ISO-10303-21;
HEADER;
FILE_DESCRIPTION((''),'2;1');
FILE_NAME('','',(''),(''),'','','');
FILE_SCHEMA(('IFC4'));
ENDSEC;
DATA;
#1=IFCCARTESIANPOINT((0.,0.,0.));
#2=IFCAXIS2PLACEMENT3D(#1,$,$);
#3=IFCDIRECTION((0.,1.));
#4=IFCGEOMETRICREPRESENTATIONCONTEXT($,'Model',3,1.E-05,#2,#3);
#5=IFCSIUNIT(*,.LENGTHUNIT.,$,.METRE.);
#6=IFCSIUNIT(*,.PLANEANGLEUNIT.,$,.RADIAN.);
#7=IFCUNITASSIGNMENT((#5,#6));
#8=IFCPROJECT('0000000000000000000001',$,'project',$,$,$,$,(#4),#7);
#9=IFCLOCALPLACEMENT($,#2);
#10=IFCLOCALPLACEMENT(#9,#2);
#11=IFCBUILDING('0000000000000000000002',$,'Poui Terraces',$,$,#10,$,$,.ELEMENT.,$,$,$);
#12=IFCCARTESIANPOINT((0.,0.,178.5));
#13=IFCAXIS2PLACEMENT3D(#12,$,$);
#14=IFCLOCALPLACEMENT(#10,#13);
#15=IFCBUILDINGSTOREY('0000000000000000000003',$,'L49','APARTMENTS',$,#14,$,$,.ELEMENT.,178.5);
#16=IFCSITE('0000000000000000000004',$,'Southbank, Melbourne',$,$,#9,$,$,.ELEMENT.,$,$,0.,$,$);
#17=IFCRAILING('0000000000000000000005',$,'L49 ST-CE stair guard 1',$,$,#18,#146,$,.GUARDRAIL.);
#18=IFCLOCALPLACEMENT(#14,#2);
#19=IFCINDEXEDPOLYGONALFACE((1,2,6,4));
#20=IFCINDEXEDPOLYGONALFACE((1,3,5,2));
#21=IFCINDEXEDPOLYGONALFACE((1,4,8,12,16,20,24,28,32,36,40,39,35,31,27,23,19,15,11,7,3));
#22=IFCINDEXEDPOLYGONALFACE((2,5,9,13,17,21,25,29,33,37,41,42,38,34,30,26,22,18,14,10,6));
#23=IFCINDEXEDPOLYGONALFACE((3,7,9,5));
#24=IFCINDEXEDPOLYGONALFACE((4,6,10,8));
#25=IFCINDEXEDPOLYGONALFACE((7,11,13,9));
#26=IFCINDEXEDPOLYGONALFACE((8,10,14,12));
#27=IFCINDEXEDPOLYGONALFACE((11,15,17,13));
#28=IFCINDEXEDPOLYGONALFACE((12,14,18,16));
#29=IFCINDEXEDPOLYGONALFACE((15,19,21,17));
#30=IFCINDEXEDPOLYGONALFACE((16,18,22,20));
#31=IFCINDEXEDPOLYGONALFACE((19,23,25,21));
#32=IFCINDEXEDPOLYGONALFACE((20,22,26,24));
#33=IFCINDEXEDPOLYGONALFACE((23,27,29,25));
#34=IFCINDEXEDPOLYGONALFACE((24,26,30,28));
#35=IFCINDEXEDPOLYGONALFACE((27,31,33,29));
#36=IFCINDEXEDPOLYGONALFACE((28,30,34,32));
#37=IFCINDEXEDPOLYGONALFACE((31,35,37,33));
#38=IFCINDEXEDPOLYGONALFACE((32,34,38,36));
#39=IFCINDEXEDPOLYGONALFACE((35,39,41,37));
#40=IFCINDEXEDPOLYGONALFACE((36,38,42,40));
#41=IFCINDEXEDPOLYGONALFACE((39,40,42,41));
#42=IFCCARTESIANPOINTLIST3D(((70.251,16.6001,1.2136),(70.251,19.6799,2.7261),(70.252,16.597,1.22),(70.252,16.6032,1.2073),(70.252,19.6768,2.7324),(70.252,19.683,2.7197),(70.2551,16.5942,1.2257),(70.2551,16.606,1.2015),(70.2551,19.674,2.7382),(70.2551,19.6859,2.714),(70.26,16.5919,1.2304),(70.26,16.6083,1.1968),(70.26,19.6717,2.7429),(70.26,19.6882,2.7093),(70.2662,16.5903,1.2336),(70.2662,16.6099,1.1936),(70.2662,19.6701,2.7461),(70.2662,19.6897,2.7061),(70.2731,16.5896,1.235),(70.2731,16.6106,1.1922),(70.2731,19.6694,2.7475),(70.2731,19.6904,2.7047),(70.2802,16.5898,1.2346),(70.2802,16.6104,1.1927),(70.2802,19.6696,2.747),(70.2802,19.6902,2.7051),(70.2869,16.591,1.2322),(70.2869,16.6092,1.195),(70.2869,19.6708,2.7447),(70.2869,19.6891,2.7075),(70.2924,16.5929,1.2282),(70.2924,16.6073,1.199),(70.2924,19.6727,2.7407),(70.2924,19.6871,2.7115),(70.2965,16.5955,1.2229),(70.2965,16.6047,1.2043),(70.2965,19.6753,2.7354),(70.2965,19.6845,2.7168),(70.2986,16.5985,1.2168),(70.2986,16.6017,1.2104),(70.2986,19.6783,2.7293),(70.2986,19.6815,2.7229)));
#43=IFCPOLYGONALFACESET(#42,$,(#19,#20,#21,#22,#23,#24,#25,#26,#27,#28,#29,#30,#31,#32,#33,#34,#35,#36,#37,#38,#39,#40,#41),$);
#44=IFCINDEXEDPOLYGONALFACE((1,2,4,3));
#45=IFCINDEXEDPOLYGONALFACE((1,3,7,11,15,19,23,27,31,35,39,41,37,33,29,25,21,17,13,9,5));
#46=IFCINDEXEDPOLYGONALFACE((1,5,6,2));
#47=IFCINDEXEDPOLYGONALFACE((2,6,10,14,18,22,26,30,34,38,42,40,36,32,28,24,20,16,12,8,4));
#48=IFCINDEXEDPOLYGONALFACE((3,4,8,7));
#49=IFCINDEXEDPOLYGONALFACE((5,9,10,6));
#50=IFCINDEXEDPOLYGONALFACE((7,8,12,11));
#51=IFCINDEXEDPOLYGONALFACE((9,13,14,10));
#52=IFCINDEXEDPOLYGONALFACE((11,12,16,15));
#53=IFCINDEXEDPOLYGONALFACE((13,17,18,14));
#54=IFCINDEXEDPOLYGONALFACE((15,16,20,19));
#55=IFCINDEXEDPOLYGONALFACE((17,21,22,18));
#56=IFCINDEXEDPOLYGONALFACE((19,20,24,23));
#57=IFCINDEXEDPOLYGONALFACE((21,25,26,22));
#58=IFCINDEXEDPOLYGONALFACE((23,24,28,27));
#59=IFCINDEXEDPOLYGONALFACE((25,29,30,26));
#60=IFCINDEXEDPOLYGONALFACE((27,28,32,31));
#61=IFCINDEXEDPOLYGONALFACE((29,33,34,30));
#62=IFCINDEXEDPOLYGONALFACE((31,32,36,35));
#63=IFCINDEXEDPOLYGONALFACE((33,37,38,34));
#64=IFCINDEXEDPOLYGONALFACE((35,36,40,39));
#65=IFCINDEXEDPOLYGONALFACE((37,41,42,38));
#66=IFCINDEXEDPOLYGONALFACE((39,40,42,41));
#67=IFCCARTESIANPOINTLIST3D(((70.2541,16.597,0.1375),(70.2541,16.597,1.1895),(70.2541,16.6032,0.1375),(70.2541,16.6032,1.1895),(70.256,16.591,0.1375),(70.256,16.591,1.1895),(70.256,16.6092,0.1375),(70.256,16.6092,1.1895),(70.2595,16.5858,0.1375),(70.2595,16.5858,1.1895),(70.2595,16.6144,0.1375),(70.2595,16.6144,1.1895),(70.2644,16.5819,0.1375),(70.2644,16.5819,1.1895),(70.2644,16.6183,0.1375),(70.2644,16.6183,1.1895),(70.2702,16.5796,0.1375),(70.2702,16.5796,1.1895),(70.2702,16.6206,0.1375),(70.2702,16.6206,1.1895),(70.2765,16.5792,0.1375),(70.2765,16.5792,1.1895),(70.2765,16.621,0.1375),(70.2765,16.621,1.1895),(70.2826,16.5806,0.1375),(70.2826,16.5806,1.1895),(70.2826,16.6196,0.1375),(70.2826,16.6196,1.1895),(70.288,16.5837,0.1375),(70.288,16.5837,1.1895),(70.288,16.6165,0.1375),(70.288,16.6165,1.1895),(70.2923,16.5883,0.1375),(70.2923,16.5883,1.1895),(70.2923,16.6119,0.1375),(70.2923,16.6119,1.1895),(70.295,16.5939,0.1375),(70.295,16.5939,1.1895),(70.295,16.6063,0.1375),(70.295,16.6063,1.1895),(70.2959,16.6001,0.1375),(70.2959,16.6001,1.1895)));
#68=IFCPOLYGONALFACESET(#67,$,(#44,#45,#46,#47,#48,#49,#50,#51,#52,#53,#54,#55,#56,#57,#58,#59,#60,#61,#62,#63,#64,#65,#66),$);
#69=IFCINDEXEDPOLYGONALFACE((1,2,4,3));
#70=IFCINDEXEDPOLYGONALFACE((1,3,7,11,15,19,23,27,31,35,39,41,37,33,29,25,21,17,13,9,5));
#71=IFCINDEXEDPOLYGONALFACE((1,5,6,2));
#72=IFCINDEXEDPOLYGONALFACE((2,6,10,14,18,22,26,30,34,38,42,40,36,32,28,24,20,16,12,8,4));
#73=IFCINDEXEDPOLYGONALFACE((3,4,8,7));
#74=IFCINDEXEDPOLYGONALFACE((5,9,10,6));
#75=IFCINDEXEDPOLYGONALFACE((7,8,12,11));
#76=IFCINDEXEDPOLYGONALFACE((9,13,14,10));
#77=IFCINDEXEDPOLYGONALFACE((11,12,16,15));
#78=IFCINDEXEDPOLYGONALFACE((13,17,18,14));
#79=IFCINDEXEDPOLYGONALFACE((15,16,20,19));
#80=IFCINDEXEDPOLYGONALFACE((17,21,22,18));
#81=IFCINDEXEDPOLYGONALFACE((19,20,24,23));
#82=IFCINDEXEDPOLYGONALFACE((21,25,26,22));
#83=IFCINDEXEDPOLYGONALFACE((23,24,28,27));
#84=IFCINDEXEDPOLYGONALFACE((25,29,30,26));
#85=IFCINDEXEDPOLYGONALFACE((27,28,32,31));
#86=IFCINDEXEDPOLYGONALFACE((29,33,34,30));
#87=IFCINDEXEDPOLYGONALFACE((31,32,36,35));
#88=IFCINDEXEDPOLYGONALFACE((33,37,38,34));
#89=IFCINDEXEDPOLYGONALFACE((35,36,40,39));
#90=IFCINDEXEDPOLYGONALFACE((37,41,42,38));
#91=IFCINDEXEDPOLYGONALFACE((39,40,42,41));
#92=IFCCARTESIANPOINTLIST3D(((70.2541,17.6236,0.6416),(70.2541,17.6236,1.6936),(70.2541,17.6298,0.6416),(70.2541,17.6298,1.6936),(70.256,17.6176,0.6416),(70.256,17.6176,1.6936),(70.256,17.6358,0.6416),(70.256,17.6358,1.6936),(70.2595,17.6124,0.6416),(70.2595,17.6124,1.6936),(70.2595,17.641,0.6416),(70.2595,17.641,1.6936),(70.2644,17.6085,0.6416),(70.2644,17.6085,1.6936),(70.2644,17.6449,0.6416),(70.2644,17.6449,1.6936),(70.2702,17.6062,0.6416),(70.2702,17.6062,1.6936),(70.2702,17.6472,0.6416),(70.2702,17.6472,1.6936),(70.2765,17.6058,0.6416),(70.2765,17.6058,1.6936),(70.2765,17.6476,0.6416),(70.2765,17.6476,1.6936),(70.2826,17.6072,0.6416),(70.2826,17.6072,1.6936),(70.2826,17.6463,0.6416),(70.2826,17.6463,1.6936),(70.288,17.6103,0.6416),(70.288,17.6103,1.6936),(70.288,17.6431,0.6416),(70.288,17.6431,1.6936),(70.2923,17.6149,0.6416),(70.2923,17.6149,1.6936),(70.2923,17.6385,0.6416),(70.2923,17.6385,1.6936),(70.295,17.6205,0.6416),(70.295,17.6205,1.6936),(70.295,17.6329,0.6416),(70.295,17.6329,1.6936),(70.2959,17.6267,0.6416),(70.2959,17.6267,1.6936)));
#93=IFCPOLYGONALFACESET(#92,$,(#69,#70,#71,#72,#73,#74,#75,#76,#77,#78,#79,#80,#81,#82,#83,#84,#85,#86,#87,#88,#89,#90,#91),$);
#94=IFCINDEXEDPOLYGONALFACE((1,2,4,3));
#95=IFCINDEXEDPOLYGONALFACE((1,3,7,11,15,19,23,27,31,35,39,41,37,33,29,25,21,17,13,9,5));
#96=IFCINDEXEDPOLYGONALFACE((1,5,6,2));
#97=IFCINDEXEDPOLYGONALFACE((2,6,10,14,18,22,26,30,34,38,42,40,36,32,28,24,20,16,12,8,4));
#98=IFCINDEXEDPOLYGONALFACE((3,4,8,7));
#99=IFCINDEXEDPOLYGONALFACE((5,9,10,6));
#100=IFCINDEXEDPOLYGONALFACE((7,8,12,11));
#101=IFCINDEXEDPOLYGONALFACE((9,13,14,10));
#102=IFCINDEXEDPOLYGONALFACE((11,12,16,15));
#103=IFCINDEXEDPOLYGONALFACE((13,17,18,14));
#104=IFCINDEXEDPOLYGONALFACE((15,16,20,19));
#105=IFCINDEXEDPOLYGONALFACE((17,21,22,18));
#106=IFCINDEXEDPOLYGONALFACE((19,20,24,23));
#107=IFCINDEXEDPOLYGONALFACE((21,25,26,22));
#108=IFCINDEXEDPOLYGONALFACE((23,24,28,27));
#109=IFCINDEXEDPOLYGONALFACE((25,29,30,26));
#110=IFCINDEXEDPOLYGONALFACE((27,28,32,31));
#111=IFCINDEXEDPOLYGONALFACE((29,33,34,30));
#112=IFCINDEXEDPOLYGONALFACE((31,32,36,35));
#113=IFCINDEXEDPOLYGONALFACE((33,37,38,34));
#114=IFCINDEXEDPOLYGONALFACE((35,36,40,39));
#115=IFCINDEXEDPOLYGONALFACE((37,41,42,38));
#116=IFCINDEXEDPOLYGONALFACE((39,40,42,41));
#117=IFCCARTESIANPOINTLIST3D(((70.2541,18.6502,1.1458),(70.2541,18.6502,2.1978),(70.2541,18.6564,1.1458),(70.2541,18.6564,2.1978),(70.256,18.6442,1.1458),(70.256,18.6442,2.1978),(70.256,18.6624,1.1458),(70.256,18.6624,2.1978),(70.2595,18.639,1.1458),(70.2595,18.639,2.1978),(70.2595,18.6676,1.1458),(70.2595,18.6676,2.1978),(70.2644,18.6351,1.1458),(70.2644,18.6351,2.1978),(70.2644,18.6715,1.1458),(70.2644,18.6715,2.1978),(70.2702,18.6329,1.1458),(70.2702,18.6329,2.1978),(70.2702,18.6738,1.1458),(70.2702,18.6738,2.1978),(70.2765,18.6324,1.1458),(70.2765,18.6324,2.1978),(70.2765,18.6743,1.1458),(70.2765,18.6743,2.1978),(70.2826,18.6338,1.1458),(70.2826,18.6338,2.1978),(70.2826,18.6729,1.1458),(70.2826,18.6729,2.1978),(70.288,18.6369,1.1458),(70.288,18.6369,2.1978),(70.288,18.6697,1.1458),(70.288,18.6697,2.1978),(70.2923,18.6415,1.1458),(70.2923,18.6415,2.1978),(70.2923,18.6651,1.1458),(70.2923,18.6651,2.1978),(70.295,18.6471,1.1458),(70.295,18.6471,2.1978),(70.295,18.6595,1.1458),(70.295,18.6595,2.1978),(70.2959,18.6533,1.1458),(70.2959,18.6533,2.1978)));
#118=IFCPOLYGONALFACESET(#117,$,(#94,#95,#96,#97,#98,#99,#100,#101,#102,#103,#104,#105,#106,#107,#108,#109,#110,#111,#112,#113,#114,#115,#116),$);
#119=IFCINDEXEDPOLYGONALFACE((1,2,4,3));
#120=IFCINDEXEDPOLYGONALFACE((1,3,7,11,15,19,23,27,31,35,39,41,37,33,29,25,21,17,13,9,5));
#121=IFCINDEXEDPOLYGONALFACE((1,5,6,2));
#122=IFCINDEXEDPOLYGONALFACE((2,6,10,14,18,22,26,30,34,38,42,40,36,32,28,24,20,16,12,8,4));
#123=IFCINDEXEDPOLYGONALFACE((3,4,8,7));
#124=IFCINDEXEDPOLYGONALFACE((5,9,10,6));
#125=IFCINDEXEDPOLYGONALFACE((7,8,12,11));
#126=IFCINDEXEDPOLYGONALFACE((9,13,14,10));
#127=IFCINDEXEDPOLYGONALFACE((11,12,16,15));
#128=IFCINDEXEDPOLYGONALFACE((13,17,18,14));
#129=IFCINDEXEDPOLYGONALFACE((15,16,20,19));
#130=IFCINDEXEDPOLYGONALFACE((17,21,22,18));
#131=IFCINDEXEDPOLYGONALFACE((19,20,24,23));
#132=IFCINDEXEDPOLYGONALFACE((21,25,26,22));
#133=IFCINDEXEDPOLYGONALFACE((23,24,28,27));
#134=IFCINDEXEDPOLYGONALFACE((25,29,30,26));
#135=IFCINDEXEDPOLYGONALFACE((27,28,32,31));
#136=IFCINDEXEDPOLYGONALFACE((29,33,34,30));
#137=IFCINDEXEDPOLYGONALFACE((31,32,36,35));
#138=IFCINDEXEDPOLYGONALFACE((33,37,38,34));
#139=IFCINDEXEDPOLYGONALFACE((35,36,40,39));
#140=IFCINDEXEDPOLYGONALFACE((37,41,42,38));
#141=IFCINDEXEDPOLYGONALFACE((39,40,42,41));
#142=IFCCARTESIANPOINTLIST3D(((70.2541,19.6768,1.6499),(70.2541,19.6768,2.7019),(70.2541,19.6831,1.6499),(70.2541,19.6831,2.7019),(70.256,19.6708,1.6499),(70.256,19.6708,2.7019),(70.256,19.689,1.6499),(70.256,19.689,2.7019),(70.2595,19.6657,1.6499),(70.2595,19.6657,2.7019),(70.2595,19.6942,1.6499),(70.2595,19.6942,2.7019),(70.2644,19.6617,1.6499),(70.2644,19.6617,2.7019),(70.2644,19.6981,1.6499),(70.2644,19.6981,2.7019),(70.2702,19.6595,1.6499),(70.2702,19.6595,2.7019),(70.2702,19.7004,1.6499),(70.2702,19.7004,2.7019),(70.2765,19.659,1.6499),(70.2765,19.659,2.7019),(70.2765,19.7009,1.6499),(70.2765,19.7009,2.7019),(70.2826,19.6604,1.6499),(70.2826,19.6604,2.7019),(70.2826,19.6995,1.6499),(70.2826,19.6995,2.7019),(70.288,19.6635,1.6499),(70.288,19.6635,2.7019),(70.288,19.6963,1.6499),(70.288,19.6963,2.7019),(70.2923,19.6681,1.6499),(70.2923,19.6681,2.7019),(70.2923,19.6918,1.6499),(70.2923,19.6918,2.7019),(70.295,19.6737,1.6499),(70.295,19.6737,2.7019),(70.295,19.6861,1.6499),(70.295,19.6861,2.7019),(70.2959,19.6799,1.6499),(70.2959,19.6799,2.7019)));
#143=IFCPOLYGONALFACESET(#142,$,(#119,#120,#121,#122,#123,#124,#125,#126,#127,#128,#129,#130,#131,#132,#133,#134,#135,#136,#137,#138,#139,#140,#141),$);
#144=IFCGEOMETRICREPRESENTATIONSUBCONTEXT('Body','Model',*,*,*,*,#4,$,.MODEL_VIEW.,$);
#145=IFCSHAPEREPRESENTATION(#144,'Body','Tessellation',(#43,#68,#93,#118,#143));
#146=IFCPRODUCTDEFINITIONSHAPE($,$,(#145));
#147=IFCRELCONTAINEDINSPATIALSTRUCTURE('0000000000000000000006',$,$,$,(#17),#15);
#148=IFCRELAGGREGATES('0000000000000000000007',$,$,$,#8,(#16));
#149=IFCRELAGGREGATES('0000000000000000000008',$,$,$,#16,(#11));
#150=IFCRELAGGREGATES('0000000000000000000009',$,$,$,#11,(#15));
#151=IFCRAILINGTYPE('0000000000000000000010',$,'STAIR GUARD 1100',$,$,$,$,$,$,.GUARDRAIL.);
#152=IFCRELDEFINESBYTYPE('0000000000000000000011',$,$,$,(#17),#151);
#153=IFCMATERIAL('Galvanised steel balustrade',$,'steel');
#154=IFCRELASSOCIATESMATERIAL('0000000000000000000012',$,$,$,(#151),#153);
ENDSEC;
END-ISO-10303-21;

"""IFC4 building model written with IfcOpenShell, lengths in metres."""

from ifc_helpers import new_model, si_unit, direction, frame, origin, origin_2d, place, context, subcontext, project, spatial, circle, extrude, material, type_object, element, save


model = new_model("IFC4")

# Units and contexts
model_context = context("Model", 3, precision=1e-05, world=origin(), true_north=direction((0.0, 1.0)))
body_context = subcontext(model_context, "Body", "Model", "MODEL_VIEW")
ifc_project = project(units=[si_unit("LENGTHUNIT", "METRE"), si_unit("PLANEANGLEUNIT", "RADIAN")], contexts=[model_context])

# Site, building, storey
site_placement = place(None, origin())
site = spatial("IfcSite", under=ifc_project, at=site_placement, Name="Southbank, Melbourne", CompositionType="ELEMENT", RefElevation=0.0)
building_placement = place(site_placement, origin())
building = spatial("IfcBuilding", under=site, at=building_placement, Name="Poui Terraces", CompositionType="ELEMENT")
storey_placement = place(building_placement, frame((0.0, 0.0, 178.5)))
storey = spatial("IfcBuildingStorey", under=building, at=storey_placement, Name="L49", Description="APARTMENTS", CompositionType="ELEMENT", Elevation=178.5)

# Railing
ifc_material_1 = material(Name="Galvanised steel balustrade", Category="steel")
railing_type_1 = type_object("IfcRailingType", Name="STAIR GUARD 1100", PredefinedType="GUARDRAIL", material=ifc_material_1)
railing_1_placement = place(storey_placement, frame((70.2749, 16.6001, 0.1375)))
element("IfcRailing", 1, at=railing_1_placement, inside=storey, type_object=railing_type_1, Name="L49 ST-CE stair guard 1", PredefinedType="GUARDRAIL", context=body_context, shape_type="SweptSolid", body=[
    extrude(circle(Radius=0.0239, at=origin_2d()), frame((0.0, 0.0, 1.0762), z_axis=(0.0, 0.897606, 0.440798), x_axis=(-1.0, 0.0, 0.0)), (0.0, 0.0, 1.0), 3.4312),
    extrude(circle(Radius=0.021, at=origin_2d()), origin(), (0.0, 0.0, 1.0), 1.052),
    extrude(circle(Radius=0.021, at=origin_2d()), frame((0.0, 1.0266, 0.5042)), (0.0, 0.0, 1.0), 1.052),
    extrude(circle(Radius=0.021, at=origin_2d()), frame((0.0, 2.0532, 1.0083)), (0.0, 0.0, 1.0), 1.052),
    extrude(circle(Radius=0.021, at=origin_2d()), frame((0.0, 3.0798, 1.5125)), (0.0, 0.0, 1.0), 1.052),
])

save(model, "model.ifc")
